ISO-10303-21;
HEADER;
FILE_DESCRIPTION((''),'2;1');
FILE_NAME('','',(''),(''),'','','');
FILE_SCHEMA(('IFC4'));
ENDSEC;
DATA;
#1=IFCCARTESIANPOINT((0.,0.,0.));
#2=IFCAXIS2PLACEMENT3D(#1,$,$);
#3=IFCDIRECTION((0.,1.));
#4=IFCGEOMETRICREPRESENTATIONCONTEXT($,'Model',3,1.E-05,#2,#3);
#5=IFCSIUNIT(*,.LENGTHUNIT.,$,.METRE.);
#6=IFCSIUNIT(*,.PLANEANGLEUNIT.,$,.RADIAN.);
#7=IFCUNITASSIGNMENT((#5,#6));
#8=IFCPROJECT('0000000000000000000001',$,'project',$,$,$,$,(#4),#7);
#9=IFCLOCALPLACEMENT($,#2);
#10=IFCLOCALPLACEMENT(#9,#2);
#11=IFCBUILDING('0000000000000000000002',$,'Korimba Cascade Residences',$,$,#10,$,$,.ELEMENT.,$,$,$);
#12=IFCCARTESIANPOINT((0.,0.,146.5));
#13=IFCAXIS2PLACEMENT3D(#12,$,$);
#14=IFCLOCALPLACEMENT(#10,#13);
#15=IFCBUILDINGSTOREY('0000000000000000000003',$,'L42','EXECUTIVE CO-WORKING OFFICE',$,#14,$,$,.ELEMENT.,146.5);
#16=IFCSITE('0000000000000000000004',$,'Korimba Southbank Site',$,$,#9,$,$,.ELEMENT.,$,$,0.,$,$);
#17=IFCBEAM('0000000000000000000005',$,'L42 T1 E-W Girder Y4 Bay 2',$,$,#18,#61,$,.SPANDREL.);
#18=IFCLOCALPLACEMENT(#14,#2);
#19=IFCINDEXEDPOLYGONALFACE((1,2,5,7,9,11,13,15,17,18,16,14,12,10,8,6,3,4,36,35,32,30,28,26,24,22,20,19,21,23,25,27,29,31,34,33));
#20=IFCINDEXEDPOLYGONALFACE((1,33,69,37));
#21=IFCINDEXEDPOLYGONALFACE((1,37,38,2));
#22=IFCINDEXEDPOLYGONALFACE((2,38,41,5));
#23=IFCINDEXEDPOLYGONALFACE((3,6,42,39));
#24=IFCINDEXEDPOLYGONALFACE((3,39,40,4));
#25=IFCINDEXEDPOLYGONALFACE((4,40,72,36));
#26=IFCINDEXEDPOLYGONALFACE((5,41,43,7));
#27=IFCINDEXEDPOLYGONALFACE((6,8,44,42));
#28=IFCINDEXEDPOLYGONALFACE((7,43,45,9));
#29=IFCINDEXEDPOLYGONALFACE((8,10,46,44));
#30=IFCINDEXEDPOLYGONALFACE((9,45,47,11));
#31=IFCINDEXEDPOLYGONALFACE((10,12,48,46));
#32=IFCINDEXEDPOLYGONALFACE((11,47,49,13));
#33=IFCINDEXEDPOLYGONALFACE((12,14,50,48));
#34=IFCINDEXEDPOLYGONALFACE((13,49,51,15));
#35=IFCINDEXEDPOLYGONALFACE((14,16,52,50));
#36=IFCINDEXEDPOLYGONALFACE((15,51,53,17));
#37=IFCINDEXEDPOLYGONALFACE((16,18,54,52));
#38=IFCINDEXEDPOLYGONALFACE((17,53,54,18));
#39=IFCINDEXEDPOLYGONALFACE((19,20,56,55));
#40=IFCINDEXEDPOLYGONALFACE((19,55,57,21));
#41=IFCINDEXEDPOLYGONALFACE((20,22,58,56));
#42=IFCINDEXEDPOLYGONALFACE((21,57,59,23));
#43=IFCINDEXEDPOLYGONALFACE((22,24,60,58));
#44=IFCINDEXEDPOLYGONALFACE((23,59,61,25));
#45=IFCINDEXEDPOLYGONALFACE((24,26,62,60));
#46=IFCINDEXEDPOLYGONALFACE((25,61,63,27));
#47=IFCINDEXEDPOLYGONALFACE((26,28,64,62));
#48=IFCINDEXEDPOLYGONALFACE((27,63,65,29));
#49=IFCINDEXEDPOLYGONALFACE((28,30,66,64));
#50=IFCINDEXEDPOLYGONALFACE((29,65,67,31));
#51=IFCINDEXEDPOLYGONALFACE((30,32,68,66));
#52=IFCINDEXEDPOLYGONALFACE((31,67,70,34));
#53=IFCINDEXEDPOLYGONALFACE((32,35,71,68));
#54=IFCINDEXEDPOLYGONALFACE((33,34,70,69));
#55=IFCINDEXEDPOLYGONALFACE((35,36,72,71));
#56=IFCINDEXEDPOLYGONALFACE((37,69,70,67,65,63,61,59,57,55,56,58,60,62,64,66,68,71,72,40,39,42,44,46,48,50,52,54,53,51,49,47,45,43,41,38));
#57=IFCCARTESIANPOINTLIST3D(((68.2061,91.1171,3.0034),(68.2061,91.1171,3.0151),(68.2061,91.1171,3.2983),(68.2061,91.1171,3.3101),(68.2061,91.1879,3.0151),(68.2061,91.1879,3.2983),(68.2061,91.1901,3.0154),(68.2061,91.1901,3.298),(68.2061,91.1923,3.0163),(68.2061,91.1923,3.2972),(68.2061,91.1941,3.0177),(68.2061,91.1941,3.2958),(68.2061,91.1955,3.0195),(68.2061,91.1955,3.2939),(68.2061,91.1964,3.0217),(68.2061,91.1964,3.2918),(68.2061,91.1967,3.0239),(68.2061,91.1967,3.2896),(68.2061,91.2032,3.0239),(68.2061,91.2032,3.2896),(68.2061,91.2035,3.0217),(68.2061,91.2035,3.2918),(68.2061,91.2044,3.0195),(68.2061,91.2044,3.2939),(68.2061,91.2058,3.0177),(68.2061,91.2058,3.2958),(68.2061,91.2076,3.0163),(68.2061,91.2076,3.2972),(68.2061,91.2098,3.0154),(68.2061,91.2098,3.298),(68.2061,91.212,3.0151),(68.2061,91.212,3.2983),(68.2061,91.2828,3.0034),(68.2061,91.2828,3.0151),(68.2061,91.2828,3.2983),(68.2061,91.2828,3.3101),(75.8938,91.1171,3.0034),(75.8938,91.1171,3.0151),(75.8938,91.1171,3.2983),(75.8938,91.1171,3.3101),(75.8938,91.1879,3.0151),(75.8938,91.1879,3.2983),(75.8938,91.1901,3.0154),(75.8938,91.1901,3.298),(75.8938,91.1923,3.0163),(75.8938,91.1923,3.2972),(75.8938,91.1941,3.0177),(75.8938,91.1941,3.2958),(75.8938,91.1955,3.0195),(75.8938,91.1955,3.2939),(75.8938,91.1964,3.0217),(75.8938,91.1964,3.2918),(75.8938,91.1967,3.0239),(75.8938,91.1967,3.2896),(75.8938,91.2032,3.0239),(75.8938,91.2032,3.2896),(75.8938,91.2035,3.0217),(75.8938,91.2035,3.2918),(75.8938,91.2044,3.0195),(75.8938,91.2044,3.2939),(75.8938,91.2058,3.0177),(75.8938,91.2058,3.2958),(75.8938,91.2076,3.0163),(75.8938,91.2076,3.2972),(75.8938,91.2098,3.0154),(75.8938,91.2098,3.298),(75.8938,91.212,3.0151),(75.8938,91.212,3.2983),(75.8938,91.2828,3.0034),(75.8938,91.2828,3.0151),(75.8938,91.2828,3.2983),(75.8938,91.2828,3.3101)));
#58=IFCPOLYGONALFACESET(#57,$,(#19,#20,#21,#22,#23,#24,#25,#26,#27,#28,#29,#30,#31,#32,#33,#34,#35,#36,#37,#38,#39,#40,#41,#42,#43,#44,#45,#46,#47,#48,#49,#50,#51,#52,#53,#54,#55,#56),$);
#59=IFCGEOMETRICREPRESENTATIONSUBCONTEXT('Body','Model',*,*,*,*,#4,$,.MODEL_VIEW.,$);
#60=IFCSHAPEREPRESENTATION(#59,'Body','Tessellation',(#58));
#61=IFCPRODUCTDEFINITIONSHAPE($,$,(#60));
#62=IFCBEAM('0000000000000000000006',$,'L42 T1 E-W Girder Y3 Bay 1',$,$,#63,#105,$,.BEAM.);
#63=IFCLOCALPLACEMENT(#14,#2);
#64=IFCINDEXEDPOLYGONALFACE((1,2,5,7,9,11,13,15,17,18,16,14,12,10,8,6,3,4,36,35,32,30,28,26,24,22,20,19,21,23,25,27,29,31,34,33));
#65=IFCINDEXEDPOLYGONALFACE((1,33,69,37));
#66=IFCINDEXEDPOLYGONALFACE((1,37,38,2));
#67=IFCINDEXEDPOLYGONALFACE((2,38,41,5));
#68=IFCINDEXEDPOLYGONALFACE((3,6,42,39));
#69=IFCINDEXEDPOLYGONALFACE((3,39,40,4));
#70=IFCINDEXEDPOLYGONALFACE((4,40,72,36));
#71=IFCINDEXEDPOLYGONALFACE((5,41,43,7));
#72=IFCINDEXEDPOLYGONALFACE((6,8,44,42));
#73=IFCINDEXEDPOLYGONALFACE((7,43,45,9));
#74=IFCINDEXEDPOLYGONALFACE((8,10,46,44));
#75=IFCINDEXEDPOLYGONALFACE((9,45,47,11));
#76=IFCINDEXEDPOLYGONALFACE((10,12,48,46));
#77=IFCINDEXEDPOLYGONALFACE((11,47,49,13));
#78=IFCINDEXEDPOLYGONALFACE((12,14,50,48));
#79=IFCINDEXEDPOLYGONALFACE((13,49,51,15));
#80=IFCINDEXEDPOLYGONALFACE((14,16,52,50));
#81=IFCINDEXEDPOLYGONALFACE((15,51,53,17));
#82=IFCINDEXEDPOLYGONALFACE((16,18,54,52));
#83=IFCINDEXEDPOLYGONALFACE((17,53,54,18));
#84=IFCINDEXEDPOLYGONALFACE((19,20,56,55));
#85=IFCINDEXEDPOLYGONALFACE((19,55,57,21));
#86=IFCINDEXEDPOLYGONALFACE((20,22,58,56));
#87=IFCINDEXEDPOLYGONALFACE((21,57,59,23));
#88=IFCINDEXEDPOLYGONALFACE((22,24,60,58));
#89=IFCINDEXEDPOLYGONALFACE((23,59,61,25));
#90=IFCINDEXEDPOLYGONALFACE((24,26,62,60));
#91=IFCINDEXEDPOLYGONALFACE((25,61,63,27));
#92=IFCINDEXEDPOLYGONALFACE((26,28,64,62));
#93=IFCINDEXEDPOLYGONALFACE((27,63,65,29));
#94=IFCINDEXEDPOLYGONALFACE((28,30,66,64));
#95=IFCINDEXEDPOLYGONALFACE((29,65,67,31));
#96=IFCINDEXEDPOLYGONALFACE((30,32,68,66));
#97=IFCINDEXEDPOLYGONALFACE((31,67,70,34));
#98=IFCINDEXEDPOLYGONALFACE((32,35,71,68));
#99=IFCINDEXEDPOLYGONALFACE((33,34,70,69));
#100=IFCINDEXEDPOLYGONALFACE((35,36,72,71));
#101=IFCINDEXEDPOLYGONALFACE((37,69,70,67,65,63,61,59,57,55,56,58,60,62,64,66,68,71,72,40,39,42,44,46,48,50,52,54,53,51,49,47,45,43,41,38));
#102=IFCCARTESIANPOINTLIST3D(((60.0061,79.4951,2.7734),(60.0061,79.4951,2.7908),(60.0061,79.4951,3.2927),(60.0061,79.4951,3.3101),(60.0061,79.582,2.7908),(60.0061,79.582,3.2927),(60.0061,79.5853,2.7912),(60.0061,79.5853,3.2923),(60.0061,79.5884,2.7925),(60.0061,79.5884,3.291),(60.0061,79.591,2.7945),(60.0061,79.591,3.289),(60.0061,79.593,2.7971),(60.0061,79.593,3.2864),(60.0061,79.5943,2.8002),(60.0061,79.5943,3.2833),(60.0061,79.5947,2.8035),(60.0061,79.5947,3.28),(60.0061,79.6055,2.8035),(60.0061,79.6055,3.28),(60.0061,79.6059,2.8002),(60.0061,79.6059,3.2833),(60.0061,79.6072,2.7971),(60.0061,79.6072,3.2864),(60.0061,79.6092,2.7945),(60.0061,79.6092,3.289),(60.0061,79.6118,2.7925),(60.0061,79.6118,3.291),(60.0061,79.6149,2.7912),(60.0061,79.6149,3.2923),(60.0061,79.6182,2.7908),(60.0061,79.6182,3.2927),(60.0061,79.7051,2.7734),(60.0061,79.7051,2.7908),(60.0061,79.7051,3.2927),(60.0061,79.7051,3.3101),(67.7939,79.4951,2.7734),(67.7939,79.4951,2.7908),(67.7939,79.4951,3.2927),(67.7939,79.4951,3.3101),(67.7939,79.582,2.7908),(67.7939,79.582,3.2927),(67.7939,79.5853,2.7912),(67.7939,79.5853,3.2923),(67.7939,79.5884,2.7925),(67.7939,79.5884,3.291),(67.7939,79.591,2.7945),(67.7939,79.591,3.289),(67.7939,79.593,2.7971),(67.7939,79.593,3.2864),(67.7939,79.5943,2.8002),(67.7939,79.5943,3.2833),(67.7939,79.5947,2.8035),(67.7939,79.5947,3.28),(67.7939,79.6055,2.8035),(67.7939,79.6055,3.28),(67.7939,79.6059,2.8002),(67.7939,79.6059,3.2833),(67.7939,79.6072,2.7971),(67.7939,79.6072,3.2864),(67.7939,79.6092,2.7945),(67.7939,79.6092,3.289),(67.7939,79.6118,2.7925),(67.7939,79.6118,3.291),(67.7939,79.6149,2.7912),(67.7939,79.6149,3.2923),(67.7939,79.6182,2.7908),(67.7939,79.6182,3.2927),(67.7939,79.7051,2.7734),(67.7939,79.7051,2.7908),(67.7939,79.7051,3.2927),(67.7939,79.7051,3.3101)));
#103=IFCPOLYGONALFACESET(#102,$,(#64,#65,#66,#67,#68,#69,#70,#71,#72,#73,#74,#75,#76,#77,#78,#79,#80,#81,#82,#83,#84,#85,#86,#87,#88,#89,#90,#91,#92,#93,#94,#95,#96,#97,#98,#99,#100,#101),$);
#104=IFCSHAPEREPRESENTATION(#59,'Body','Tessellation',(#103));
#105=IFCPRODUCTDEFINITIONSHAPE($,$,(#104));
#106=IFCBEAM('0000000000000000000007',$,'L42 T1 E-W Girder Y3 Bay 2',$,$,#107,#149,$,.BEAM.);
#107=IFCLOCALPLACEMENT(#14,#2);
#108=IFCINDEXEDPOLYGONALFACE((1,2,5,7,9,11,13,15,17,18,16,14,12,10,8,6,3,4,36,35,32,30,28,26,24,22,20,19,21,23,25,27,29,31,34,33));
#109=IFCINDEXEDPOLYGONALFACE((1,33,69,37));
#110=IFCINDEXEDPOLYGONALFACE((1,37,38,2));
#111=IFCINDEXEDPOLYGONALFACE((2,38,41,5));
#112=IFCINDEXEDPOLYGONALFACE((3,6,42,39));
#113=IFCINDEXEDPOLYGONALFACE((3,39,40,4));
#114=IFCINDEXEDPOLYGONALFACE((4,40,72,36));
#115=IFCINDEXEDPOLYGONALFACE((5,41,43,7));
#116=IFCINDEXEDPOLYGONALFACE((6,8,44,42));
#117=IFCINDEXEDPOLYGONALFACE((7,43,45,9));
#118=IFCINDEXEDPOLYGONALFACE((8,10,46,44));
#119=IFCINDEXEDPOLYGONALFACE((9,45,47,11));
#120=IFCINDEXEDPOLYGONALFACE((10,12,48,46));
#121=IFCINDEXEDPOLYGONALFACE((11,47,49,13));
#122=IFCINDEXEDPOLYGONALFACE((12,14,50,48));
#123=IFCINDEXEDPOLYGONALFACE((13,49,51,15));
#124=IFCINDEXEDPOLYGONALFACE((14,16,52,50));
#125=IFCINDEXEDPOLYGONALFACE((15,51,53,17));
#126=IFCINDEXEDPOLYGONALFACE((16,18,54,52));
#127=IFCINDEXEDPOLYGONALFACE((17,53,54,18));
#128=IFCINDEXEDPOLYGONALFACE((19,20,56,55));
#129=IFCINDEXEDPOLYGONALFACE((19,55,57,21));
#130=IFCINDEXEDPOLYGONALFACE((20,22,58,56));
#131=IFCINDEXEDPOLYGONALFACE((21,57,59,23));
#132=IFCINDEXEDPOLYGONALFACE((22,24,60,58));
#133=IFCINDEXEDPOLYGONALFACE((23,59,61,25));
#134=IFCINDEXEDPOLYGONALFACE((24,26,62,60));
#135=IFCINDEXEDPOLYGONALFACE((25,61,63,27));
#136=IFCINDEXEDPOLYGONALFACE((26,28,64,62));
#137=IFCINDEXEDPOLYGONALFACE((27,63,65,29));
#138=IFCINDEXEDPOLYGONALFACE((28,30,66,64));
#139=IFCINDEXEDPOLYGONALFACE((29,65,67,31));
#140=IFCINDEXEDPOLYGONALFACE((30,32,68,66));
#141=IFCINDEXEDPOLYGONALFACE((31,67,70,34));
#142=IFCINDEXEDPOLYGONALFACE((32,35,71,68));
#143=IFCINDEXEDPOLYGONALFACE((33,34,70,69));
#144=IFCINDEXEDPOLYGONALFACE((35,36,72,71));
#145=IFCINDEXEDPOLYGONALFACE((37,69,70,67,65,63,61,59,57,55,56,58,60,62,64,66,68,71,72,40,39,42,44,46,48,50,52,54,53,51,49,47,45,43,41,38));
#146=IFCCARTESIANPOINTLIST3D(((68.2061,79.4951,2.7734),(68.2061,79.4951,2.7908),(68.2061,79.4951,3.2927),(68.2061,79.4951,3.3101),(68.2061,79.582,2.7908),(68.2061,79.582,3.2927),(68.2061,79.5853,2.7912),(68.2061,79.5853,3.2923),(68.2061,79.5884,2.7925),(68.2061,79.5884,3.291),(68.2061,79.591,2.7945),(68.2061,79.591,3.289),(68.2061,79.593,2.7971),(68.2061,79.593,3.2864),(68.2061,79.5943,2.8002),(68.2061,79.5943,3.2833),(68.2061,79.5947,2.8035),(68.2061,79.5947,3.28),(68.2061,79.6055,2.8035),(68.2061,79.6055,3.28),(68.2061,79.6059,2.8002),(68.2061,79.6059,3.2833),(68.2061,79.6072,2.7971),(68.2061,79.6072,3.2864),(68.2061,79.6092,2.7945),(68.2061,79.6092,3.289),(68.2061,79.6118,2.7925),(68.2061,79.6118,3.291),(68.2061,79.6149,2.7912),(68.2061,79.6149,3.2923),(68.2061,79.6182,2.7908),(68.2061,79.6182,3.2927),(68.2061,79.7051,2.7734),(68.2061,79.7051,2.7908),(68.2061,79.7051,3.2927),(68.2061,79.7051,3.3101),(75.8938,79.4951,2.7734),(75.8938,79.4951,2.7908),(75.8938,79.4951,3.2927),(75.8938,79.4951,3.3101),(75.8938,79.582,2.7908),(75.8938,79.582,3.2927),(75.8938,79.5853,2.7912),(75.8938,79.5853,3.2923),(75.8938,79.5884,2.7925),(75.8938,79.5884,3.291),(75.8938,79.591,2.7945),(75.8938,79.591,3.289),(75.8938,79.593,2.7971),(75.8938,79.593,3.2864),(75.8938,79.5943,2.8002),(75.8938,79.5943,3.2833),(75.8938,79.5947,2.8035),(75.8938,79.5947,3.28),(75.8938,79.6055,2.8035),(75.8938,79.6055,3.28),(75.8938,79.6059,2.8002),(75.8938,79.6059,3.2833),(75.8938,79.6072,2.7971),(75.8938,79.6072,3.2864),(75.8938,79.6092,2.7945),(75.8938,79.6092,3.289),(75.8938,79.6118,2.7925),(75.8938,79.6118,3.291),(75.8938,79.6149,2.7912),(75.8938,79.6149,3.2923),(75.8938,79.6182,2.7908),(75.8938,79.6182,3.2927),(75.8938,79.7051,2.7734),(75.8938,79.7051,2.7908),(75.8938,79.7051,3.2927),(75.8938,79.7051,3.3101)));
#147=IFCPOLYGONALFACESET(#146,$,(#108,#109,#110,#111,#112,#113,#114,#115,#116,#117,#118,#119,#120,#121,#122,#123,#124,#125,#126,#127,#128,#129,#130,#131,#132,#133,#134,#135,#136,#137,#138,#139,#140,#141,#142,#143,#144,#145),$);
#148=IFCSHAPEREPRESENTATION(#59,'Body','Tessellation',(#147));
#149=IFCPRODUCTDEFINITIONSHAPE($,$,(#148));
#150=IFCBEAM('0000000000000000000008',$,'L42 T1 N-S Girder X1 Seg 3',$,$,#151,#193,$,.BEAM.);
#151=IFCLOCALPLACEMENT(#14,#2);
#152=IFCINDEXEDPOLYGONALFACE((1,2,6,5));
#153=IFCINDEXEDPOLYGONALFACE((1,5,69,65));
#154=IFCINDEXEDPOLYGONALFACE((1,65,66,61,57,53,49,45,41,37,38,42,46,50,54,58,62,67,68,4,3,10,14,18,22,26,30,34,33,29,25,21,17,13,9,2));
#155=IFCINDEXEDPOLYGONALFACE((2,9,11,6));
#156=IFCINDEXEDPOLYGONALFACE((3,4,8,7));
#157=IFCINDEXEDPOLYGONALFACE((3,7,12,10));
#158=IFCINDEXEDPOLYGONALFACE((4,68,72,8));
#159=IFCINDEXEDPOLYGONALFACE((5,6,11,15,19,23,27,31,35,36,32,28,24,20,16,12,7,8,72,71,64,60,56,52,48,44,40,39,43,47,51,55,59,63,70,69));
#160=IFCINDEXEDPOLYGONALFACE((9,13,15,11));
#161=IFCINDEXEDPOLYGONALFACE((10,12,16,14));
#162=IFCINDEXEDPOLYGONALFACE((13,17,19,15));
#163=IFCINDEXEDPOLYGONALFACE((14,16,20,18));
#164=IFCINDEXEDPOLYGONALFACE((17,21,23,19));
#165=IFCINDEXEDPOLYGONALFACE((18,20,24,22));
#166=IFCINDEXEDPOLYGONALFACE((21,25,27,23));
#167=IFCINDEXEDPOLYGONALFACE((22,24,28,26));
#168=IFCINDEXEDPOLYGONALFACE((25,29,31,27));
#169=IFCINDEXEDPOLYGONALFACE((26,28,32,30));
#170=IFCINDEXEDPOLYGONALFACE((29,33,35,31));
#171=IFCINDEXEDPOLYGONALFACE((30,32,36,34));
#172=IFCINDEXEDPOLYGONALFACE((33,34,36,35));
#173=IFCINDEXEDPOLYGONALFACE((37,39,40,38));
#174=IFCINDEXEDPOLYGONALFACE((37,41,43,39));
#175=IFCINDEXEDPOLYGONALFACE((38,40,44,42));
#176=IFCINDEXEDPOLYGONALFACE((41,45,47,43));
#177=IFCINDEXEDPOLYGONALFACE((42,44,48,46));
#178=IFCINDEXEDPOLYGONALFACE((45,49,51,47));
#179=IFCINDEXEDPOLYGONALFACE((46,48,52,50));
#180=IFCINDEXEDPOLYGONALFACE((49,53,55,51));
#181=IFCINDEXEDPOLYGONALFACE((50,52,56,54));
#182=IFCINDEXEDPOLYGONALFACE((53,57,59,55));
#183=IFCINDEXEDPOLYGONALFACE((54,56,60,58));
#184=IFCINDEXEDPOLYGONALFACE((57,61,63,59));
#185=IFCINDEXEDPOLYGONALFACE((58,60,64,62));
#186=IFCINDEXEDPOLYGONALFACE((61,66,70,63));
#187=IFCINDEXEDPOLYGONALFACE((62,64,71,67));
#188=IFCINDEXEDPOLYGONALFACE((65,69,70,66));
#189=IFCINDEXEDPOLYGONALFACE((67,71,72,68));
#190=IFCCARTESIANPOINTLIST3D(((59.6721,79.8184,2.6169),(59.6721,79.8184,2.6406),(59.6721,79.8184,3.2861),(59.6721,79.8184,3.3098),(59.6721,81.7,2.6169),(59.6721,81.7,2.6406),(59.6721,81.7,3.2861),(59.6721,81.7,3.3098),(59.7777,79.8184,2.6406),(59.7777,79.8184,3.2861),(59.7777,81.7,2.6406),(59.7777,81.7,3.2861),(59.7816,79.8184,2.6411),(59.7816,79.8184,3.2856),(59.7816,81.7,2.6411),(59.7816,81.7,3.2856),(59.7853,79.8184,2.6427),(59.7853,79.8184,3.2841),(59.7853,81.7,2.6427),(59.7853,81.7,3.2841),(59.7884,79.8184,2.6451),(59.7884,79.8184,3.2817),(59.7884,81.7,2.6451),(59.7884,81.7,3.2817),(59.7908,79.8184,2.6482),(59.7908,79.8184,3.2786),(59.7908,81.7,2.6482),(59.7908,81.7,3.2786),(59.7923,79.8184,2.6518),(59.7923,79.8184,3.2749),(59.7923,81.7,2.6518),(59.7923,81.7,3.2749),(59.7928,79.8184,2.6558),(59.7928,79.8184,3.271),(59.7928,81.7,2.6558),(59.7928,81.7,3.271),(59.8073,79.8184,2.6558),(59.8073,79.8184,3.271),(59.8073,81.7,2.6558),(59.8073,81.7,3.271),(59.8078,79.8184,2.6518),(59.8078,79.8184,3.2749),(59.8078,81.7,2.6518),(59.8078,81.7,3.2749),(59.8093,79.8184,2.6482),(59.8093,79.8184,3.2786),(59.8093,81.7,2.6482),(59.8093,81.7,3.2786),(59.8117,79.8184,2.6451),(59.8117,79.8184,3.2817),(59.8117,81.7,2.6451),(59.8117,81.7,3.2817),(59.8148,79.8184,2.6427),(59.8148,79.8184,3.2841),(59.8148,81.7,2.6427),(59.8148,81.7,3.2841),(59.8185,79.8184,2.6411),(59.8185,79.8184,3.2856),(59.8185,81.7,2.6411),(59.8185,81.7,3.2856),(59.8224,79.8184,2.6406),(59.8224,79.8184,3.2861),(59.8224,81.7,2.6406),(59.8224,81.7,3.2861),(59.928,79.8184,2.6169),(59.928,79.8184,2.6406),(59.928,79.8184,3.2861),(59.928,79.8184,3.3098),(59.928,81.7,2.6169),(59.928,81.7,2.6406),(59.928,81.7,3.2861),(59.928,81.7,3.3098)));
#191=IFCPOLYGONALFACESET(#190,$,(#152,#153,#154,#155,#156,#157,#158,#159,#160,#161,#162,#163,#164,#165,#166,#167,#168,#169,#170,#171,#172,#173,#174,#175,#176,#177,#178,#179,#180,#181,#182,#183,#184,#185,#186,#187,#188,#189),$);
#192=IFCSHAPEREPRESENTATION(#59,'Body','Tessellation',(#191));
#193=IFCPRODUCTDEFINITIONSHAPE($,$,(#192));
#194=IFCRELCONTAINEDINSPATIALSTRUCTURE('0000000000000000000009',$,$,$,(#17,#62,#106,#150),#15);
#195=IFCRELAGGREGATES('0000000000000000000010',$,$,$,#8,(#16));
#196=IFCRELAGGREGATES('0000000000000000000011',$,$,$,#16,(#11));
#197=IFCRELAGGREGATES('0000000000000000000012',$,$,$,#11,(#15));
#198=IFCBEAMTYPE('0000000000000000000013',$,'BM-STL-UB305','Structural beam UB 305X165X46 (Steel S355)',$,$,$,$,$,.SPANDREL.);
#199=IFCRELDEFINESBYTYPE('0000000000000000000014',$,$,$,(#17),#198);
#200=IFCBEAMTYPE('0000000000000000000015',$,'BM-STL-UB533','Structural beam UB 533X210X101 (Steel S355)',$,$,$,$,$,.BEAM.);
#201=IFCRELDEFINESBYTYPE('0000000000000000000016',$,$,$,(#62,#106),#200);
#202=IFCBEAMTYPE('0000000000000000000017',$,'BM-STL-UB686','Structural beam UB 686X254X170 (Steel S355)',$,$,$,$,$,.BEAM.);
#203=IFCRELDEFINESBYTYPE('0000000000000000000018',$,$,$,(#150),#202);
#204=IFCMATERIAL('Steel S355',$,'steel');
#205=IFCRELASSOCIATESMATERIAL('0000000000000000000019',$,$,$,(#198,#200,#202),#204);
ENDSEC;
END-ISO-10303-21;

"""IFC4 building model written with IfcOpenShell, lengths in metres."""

from ifc_helpers import new_model, si_unit, direction, frame, origin, origin_2d, place, context, subcontext, project, spatial, i_section, extrude, material, material_profile, profile_set, type_object, element, save


model = new_model("IFC4")

# Units and contexts
model_context = context("Model", 3, precision=1e-05, world=origin(), true_north=direction((0.0, 1.0)))
body_context = subcontext(model_context, "Body", "Model", "MODEL_VIEW")
ifc_project = project(units=[si_unit("LENGTHUNIT", "METRE"), si_unit("PLANEANGLEUNIT", "RADIAN")], contexts=[model_context])

# Site, building, storey
site_placement = place(None, origin())
site = spatial("IfcSite", under=ifc_project, at=site_placement, Name="Korimba Southbank Site", CompositionType="ELEMENT", RefElevation=0.0)
building_placement = place(site_placement, origin())
building = spatial("IfcBuilding", under=site, at=building_placement, Name="Korimba Cascade Residences", CompositionType="ELEMENT")
storey_placement = place(building_placement, frame((0.0, 0.0, 146.5)))
storey = spatial("IfcBuildingStorey", under=building, at=storey_placement, Name="L42", Description="EXECUTIVE CO-WORKING OFFICE", CompositionType="ELEMENT", Elevation=146.5)

# Beams
ifc_material_1 = material(Name="Steel S355", Category="steel")
ifc_material_profile_1 = material_profile(ifc_material_1, i_section(OverallWidth=0.1658, OverallDepth=0.3066, WebThickness=0.0066, FlangeThickness=0.0117, FilletRadius=0.0088, at=origin_2d()), Name="Steel S355")
ifc_profile_set_1 = profile_set([ifc_material_profile_1], Name="Steel S355")
beam_type_1 = type_object("IfcBeamType", Name="BM-STL-UB305", Description="Structural beam UB 305X165X46 (Steel S355)", PredefinedType="SPANDREL", material=ifc_profile_set_1)
beam_1_placement = place(storey_placement, frame((68.2061, 91.2, 3.1567), z_axis=(1.0, 0.0, 0.0), x_axis=(0.0, 1.0, 0.0)))
element("IfcBeam", 1, at=beam_1_placement, inside=storey, type_object=beam_type_1, Name="L42 T1 E-W Girder Y4 Bay 2", PredefinedType="SPANDREL", context=body_context, shape_type="SweptSolid", body=[
    extrude(i_section(OverallWidth=0.1658, OverallDepth=0.3066, WebThickness=0.0066, FlangeThickness=0.0117, FilletRadius=0.0088, at=origin_2d()), origin(), (0.0, 0.0, 1.0), 7.6877),
])
ifc_material_profile_2 = material_profile(ifc_material_1, i_section(OverallWidth=0.21, OverallDepth=0.5366, WebThickness=0.0107, FlangeThickness=0.0173, FilletRadius=0.0127, at=origin_2d()), Name="Steel S355")
ifc_profile_set_2 = profile_set([ifc_material_profile_2], Name="Steel S355")
beam_type_2 = type_object("IfcBeamType", Name="BM-STL-UB533", Description="Structural beam UB 533X210X101 (Steel S355)", PredefinedType="BEAM", material=ifc_profile_set_2)
beam_2_placement = place(storey_placement, frame((60.0061, 79.6001, 3.0417), z_axis=(1.0, 0.0, 0.0), x_axis=(0.0, 1.0, 0.0)))
element("IfcBeam", 2, at=beam_2_placement, inside=storey, type_object=beam_type_2, Name="L42 T1 E-W Girder Y3 Bay 1", PredefinedType="BEAM", context=body_context, shape_type="SweptSolid", body=[
    extrude(i_section(OverallWidth=0.21, OverallDepth=0.5366, WebThickness=0.0107, FlangeThickness=0.0173, FilletRadius=0.0127, at=origin_2d()), origin(), (0.0, 0.0, 1.0), 7.7878),
])
beam_3_placement = place(storey_placement, frame((68.2061, 79.6001, 3.0417), z_axis=(1.0, 0.0, 0.0), x_axis=(0.0, 1.0, 0.0)))
element("IfcBeam", 3, at=beam_3_placement, inside=storey, type_object=beam_type_2, Name="L42 T1 E-W Girder Y3 Bay 2", PredefinedType="BEAM", context=body_context, shape_type="SweptSolid", body=[
    extrude(i_section(OverallWidth=0.21, OverallDepth=0.5366, WebThickness=0.0107, FlangeThickness=0.0173, FilletRadius=0.0127, at=origin_2d()), origin(), (0.0, 0.0, 1.0), 7.6877),
])
ifc_material_profile_3 = material_profile(ifc_material_1, i_section(OverallWidth=0.2559, OverallDepth=0.6929, WebThickness=0.0144, FlangeThickness=0.0237, FilletRadius=0.0151, at=origin_2d()), Name="Steel S355")
ifc_profile_set_3 = profile_set([ifc_material_profile_3], Name="Steel S355")
beam_type_3 = type_object("IfcBeamType", Name="BM-STL-UB686", Description="Structural beam UB 686X254X170 (Steel S355)", PredefinedType="BEAM", material=ifc_profile_set_3)
beam_4_placement = place(storey_placement, frame((59.8, 79.8184, 2.9634), z_axis=(0.0, 1.0, 0.0), x_axis=(-1.0, 0.0, 0.0)))
element("IfcBeam", 4, at=beam_4_placement, inside=storey, type_object=beam_type_3, Name="L42 T1 N-S Girder X1 Seg 3", PredefinedType="BEAM", context=body_context, shape_type="SweptSolid", body=[
    extrude(i_section(OverallWidth=0.2559, OverallDepth=0.6929, WebThickness=0.0144, FlangeThickness=0.0237, FilletRadius=0.0151, at=origin_2d()), origin(), (0.0, 0.0, 1.0), 1.8816),
])

save(model, "model.ifc")
